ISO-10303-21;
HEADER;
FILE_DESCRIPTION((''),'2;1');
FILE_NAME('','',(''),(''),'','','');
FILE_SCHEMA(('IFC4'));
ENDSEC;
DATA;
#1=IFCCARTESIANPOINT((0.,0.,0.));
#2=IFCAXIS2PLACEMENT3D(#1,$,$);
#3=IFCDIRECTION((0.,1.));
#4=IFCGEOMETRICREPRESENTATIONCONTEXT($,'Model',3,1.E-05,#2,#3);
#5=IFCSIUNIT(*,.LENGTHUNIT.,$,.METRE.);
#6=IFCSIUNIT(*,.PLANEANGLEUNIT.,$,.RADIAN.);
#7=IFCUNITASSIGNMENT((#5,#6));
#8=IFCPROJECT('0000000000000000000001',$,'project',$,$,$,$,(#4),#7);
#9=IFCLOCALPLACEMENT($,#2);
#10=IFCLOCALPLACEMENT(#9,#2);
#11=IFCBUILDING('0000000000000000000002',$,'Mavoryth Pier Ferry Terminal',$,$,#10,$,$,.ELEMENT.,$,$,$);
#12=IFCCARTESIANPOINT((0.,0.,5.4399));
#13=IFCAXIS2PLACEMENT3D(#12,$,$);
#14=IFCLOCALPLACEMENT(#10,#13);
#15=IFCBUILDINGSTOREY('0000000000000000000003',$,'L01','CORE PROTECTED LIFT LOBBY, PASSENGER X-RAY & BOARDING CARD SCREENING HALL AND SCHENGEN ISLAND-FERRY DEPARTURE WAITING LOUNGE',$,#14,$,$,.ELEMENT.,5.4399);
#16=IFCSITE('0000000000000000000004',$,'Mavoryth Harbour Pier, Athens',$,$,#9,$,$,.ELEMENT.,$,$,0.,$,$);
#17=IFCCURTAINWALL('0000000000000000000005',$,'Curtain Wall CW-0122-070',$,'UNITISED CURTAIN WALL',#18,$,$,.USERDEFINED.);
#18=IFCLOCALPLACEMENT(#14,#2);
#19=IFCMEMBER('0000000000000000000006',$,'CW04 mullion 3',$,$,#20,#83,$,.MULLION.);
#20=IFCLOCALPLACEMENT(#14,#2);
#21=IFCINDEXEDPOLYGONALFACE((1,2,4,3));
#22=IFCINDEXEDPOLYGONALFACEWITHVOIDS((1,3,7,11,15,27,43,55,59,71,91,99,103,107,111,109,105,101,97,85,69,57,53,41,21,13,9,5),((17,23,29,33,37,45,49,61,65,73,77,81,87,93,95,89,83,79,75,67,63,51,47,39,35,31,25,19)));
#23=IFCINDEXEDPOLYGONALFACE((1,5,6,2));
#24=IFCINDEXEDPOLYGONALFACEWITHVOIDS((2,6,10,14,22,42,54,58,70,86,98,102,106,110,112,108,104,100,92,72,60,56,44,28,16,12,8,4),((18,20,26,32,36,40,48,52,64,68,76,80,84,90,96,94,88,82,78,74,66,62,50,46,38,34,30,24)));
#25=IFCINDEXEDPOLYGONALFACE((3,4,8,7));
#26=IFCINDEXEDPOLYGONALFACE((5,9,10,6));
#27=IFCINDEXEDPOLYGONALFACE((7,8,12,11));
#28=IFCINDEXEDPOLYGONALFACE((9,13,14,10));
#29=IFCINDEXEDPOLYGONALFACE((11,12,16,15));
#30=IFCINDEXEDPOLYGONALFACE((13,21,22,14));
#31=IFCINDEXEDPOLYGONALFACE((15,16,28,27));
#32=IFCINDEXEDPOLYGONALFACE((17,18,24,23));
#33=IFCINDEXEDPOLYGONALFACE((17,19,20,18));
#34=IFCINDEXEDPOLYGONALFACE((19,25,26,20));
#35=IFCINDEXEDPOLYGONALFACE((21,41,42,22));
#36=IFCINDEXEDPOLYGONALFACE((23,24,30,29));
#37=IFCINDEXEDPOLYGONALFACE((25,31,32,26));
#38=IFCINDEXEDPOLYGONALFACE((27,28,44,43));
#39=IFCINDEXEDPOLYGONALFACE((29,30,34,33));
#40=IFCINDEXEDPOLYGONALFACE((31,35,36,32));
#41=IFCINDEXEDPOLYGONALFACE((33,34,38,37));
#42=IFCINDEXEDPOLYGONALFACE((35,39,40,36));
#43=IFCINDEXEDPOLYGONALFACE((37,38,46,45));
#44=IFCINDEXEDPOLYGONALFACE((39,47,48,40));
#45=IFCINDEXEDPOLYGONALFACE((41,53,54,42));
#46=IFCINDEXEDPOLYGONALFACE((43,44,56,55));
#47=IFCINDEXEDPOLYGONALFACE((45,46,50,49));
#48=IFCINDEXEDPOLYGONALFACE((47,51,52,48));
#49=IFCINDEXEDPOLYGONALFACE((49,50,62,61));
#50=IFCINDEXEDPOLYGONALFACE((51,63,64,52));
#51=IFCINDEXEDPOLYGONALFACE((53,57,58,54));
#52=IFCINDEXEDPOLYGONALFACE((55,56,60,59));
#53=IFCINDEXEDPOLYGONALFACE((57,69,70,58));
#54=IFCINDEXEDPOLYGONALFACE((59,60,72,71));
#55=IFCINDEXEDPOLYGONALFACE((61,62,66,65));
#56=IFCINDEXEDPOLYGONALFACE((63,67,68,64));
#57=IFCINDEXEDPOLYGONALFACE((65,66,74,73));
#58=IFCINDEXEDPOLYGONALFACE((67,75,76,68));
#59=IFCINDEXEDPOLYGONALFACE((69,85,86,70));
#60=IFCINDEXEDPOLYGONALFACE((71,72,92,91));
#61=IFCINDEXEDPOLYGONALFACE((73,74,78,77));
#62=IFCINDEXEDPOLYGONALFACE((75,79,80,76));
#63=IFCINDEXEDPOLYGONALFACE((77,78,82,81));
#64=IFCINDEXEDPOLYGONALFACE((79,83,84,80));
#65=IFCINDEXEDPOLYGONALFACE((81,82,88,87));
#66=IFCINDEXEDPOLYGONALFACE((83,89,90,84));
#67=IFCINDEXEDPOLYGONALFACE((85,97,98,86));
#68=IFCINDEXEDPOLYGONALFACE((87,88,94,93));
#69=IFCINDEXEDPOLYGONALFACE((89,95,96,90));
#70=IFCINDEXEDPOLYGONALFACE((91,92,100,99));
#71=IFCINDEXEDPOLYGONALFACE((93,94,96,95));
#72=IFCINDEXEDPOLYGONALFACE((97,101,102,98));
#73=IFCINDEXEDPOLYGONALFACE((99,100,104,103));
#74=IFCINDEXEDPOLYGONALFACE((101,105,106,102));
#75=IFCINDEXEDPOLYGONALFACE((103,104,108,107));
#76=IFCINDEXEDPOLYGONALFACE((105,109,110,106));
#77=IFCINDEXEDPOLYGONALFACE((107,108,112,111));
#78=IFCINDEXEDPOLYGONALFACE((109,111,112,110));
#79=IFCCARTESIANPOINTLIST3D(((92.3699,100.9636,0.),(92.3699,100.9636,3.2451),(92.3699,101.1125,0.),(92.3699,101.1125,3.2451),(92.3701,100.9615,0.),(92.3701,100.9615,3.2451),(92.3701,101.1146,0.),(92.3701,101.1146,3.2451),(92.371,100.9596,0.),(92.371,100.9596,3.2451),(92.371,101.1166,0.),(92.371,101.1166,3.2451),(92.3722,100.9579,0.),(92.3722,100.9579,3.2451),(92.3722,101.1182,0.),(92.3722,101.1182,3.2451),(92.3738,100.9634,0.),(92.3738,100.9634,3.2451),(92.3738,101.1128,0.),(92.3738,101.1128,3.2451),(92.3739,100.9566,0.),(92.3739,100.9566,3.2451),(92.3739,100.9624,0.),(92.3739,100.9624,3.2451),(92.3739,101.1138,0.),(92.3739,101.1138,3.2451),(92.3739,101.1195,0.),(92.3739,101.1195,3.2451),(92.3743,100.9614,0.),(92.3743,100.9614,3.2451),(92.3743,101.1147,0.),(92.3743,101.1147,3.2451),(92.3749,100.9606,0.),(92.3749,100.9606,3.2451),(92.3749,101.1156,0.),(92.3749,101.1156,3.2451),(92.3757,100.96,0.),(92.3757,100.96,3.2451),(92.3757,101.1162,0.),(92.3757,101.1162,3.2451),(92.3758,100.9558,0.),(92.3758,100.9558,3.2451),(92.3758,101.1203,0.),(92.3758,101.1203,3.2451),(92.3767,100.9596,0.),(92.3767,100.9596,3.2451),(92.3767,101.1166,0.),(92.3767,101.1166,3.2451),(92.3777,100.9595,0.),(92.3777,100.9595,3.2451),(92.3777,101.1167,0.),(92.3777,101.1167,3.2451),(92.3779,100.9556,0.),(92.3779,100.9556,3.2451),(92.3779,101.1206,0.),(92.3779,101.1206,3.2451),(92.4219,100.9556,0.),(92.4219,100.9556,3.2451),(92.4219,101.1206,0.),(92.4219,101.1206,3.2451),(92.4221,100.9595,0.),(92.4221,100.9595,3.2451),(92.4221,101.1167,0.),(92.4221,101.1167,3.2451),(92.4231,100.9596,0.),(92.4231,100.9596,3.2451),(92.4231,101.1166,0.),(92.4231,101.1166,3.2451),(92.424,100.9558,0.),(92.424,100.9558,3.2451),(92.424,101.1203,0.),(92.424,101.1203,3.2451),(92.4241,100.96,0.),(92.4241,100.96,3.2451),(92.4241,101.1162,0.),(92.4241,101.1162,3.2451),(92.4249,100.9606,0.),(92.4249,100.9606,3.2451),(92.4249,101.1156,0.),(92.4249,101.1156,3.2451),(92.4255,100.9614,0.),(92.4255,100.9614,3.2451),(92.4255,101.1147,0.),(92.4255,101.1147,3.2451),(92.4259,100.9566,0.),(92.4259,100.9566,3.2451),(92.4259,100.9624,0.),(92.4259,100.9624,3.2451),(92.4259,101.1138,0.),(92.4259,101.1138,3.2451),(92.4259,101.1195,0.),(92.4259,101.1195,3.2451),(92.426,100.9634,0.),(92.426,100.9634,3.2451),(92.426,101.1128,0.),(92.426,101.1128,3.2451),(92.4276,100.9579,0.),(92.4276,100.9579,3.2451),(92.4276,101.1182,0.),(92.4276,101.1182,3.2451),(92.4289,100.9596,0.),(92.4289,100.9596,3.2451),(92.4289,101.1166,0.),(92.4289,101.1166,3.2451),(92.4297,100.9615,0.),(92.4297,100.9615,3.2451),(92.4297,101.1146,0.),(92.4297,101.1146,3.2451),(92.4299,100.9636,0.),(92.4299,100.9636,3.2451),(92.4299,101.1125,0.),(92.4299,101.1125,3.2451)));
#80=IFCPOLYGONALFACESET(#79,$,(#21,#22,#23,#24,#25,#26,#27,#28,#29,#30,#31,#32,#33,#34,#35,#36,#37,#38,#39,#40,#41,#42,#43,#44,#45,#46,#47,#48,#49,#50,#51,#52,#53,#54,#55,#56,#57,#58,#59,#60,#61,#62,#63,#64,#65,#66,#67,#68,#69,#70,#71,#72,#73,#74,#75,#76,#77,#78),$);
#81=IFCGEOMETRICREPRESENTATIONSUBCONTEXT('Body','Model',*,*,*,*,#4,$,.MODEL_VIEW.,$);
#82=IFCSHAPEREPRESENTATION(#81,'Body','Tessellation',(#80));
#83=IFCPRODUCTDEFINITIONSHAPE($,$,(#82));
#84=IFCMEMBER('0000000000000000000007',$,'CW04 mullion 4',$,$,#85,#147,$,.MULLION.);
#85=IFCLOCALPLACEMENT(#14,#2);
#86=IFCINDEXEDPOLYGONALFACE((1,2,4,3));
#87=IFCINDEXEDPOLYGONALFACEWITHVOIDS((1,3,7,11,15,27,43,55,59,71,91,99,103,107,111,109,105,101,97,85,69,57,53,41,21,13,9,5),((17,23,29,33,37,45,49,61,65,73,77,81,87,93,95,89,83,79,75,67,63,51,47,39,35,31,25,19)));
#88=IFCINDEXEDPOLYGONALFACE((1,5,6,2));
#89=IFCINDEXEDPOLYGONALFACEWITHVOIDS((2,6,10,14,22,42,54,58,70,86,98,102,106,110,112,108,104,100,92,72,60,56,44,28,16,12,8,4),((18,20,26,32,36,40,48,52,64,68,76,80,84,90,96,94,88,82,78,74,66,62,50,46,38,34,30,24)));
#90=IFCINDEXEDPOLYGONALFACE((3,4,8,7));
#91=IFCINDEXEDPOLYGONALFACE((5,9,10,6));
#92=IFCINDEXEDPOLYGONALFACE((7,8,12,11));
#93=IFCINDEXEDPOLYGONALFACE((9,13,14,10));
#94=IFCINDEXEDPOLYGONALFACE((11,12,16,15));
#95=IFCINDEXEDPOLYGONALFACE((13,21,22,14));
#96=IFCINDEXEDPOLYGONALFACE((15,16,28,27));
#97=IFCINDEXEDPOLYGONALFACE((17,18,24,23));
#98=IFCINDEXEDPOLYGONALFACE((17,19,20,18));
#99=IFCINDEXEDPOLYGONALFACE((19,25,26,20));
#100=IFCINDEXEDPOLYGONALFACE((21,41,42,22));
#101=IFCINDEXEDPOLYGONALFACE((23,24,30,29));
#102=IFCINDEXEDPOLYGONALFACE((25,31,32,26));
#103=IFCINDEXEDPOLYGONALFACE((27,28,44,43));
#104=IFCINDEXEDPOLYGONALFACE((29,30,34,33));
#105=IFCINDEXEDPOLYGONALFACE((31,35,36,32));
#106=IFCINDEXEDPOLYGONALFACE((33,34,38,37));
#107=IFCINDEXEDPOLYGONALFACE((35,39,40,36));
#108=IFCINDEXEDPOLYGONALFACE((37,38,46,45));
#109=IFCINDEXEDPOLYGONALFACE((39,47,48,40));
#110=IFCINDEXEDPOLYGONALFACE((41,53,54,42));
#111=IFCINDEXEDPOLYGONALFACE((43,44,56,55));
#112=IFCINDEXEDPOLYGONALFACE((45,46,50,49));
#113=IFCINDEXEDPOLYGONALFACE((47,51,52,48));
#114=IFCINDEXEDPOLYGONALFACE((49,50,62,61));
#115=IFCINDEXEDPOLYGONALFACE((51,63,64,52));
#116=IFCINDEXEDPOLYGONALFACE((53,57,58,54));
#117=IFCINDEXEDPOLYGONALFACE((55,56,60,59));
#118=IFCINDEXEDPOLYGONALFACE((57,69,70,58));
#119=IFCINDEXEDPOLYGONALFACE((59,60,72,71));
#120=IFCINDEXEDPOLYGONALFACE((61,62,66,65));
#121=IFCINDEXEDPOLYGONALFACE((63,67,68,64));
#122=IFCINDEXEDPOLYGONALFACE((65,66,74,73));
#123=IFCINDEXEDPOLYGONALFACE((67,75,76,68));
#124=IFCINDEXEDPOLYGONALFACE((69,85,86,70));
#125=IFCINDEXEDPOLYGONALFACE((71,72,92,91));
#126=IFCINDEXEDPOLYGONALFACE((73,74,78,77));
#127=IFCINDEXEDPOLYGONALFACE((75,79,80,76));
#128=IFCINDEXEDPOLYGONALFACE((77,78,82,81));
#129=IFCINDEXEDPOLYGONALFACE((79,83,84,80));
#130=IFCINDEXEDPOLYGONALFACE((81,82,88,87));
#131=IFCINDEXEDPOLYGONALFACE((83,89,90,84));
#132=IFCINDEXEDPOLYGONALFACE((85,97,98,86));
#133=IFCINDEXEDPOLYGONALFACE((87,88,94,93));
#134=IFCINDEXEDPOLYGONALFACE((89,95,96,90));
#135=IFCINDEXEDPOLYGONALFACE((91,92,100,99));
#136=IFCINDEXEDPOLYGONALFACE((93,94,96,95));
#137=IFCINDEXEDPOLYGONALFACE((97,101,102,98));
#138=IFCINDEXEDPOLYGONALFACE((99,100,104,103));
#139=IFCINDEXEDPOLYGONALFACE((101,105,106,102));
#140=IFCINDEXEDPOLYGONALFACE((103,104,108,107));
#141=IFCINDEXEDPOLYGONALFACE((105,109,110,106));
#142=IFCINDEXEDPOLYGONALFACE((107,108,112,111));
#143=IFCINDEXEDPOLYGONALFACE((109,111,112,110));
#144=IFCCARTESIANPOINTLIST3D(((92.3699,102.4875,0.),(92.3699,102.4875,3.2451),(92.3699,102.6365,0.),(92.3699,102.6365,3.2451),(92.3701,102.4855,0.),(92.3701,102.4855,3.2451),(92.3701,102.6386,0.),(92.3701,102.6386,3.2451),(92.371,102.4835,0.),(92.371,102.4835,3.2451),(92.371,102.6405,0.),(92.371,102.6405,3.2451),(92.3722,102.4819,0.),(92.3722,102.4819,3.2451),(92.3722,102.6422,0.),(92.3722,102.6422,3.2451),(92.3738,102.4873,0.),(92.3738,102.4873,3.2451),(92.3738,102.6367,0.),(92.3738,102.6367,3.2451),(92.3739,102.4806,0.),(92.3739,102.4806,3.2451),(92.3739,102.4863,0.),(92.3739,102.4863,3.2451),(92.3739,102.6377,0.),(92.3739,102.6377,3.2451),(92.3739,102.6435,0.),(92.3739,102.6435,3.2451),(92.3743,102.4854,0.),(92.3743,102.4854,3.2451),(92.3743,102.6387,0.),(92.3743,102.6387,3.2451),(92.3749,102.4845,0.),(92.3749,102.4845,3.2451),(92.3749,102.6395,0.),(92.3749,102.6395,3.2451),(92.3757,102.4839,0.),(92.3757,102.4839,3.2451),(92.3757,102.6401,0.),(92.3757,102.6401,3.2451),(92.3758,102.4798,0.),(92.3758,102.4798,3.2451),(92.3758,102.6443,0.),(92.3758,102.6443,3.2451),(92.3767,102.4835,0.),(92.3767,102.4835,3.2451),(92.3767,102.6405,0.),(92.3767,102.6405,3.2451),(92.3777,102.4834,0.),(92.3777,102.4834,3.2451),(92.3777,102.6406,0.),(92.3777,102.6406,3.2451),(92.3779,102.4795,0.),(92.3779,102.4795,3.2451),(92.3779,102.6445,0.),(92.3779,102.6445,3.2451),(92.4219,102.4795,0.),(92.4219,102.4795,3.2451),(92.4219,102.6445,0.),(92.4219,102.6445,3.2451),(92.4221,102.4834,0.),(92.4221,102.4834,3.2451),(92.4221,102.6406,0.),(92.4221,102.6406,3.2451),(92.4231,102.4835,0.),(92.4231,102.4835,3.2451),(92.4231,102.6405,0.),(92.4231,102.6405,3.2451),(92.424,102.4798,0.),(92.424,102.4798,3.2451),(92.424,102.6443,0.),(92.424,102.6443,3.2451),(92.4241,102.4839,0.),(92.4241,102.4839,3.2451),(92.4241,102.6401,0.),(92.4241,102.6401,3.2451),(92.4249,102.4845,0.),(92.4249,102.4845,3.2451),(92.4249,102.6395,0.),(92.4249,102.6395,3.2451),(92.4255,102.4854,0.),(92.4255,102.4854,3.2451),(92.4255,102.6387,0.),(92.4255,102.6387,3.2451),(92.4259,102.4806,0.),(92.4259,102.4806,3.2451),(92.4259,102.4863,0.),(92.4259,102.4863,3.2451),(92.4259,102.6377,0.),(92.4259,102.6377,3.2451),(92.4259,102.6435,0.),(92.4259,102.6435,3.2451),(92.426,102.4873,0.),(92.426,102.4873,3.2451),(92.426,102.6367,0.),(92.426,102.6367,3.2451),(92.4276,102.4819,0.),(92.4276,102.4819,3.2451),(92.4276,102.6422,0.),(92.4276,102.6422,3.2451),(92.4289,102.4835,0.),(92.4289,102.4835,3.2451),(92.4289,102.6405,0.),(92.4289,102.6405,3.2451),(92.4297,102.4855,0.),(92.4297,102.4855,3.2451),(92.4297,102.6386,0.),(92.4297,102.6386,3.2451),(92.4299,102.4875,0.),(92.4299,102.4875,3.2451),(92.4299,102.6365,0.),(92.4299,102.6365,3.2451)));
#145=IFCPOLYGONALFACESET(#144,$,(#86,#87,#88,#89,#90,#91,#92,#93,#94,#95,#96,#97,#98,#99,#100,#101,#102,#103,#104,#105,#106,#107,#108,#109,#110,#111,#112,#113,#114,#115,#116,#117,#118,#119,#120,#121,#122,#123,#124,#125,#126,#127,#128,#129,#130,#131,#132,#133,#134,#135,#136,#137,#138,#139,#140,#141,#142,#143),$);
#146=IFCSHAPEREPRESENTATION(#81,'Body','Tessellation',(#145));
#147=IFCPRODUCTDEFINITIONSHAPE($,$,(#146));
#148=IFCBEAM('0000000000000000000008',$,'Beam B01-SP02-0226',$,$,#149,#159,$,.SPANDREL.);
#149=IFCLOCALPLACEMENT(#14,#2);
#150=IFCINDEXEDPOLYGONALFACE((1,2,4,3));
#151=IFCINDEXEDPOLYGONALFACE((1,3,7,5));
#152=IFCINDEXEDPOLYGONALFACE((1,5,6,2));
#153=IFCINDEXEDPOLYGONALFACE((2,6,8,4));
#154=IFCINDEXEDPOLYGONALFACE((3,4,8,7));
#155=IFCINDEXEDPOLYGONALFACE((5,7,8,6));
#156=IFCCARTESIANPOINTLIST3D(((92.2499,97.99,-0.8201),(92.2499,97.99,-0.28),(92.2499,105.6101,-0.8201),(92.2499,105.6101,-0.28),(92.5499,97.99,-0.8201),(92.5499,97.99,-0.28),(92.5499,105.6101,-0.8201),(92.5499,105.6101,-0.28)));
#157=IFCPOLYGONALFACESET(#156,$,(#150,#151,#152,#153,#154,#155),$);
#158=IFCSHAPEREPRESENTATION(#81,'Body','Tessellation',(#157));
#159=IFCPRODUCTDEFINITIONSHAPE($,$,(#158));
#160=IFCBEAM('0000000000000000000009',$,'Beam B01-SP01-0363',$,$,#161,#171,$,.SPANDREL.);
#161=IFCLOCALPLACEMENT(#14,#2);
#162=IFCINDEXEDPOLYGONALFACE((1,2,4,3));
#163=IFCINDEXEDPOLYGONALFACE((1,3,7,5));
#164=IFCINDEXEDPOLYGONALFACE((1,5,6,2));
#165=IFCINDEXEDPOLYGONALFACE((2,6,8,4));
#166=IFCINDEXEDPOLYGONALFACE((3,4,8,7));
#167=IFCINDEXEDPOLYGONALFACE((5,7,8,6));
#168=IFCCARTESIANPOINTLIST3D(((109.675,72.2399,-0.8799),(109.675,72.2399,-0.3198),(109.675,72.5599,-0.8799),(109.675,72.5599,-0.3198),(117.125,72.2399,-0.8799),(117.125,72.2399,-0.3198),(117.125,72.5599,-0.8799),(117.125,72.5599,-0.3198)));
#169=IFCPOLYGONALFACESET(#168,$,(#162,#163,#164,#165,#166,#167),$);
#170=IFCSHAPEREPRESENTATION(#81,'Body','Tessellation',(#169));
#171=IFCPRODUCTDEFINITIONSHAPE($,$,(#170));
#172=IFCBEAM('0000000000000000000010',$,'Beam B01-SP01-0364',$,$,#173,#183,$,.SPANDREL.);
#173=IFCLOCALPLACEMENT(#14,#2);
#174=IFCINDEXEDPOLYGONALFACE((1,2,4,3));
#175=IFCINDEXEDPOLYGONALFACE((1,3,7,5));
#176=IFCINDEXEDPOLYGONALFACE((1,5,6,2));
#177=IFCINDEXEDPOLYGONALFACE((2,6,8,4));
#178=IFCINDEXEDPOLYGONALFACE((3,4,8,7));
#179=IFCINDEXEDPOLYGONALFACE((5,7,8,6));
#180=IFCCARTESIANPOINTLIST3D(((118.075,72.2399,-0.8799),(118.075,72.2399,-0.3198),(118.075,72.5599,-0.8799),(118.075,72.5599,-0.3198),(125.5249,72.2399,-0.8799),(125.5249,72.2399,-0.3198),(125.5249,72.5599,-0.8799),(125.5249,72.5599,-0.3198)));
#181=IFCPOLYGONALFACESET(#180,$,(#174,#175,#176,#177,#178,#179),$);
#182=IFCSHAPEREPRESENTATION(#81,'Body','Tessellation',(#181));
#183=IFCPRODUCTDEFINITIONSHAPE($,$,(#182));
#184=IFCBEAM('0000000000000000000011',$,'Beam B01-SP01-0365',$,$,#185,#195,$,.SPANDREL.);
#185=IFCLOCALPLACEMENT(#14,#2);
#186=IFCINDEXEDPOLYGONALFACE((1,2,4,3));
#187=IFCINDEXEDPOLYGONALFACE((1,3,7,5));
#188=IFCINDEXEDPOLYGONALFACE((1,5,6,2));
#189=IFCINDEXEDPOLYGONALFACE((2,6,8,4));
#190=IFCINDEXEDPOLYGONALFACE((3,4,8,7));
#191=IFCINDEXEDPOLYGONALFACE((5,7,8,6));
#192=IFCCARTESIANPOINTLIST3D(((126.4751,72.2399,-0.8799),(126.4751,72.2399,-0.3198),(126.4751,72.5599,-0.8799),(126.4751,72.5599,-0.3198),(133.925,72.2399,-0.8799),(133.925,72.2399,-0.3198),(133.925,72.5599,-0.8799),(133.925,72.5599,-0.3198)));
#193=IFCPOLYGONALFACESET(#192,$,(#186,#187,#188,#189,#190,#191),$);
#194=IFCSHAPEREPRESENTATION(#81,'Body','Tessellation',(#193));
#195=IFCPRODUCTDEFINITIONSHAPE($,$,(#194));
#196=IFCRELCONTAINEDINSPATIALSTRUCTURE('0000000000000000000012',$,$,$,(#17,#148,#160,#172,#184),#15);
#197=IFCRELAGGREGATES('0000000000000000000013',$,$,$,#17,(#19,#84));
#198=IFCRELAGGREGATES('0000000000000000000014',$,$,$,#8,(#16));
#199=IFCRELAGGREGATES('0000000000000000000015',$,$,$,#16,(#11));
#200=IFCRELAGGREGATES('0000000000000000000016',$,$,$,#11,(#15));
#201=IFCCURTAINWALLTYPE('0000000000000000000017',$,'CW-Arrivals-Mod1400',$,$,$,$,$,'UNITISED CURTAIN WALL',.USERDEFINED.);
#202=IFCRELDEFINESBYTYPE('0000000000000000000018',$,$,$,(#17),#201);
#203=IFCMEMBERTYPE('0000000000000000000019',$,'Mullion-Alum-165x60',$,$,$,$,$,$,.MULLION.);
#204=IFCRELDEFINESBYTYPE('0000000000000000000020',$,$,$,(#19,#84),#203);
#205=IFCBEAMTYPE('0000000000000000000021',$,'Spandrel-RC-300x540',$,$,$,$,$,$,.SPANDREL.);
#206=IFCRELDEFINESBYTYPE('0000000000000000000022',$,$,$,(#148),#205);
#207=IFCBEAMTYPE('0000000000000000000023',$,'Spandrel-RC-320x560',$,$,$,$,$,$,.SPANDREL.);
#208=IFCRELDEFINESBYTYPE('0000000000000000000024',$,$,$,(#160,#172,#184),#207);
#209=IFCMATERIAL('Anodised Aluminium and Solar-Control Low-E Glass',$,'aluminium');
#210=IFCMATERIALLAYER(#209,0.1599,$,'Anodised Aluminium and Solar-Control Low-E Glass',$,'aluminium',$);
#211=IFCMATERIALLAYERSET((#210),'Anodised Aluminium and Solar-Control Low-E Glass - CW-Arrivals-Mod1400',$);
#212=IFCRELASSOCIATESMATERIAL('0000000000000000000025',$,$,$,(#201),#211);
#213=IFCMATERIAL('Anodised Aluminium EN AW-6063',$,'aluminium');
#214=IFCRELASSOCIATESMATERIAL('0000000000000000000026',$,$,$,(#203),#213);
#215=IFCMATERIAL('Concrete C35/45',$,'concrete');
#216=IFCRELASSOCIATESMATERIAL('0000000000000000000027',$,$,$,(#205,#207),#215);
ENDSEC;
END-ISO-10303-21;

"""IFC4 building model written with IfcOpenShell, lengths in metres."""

from ifc_helpers import new_model, si_unit, direction, frame, origin, origin_2d, place, context, subcontext, project, spatial, rectangle, hollow_rectangle, extrude, material, layer, layer_set, material_profile, profile_set, type_object, element, aggregate, save


model = new_model("IFC4")

# Units and contexts
model_context = context("Model", 3, precision=1e-05, world=origin(), true_north=direction((0.0, 1.0)))
body_context = subcontext(model_context, "Body", "Model", "MODEL_VIEW")
ifc_project = project(units=[si_unit("LENGTHUNIT", "METRE"), si_unit("PLANEANGLEUNIT", "RADIAN")], contexts=[model_context])

# Site, building, storey
site_placement = place(None, origin())
site = spatial("IfcSite", under=ifc_project, at=site_placement, Name="Mavoryth Harbour Pier, Athens", CompositionType="ELEMENT", RefElevation=0.0)
building_placement = place(site_placement, origin())
building = spatial("IfcBuilding", under=site, at=building_placement, Name="Mavoryth Pier Ferry Terminal", CompositionType="ELEMENT")
storey_placement = place(building_placement, frame((0.0, 0.0, 5.4399)))
storey = spatial("IfcBuildingStorey", under=building, at=storey_placement, Name="L01", Description="CORE PROTECTED LIFT LOBBY, PASSENGER X-RAY & BOARDING CARD SCREENING HALL AND SCHENGEN ISLAND-FERRY DEPARTURE WAITING LOUNGE", CompositionType="ELEMENT", Elevation=5.4399)

# Shared definitions
ifc_material_1 = material(Name="Anodised Aluminium and Solar-Control Low-E Glass", Category="aluminium")
ifc_layer_1 = layer(ifc_material_1, 0.1599, Name="Anodised Aluminium and Solar-Control Low-E Glass", Category="aluminium")
ifc_layer_set_1 = layer_set([ifc_layer_1], Name="Anodised Aluminium and Solar-Control Low-E Glass - CW-Arrivals-Mod1400")
curtain_wall_type = type_object("IfcCurtainWallType", Name="CW-Arrivals-Mod1400", ElementType="UNITISED CURTAIN WALL", PredefinedType="USERDEFINED", material=ifc_layer_set_1)
ifc_material_2 = material(Name="Anodised Aluminium EN AW-6063", Category="aluminium")
ifc_material_profile_1 = material_profile(ifc_material_2, hollow_rectangle(XDim=0.0601, YDim=0.165, WallThickness=0.0039, InnerFilletRadius=0.0039, OuterFilletRadius=0.0081, at=origin_2d()), Name="AL-MULL 165x60x4", Category="aluminium")
ifc_profile_set_1 = profile_set([ifc_material_profile_1], Name="Anodised Aluminium EN AW-6063 - AL-MULL 165x60x4")
member_type_1 = type_object("IfcMemberType", Name="Mullion-Alum-165x60", PredefinedType="MULLION", material=ifc_profile_set_1)

# Curtain wall, members
curtain_wall_1_placement = place(storey_placement, origin())
curtain_wall_1 = element("IfcCurtainWall", 1, at=curtain_wall_1_placement, inside=storey, type_object=curtain_wall_type, Name="Curtain Wall CW-0122-070", ObjectType="UNITISED CURTAIN WALL", PredefinedType="USERDEFINED")
member_1_placement = place(storey_placement, frame((92.3999, 101.0381, 0.0), z_axis=(0.0, 0.0, 1.0), x_axis=(-1.0, 0.0, 0.0)))
member_1 = element("IfcMember", 2, at=member_1_placement, type_object=member_type_1, Name="CW04 mullion 3", PredefinedType="MULLION", context=body_context, shape_type="SweptSolid", body=[
    extrude(hollow_rectangle(XDim=0.0601, YDim=0.165, WallThickness=0.0039, InnerFilletRadius=0.0039, OuterFilletRadius=0.0081, at=origin_2d()), origin(), (0.0, 0.0, 1.0), 3.2451),
])
member_2_placement = place(storey_placement, frame((92.3999, 102.562, 0.0), z_axis=(0.0, 0.0, 1.0), x_axis=(-1.0, 0.0, 0.0)))
member_2 = element("IfcMember", 3, at=member_2_placement, type_object=member_type_1, Name="CW04 mullion 4", PredefinedType="MULLION", context=body_context, shape_type="SweptSolid", body=[
    extrude(hollow_rectangle(XDim=0.0601, YDim=0.165, WallThickness=0.0039, InnerFilletRadius=0.0039, OuterFilletRadius=0.0081, at=origin_2d()), origin(), (0.0, 0.0, 1.0), 3.2451),
])

# Beams
ifc_material_3 = material(Name="Concrete C35/45", Category="concrete")
ifc_material_profile_2 = material_profile(ifc_material_3, rectangle(XDim=0.3, YDim=0.54, at=origin_2d()), Name="RC 300x540", Category="concrete")
ifc_profile_set_2 = profile_set([ifc_material_profile_2], Name="Concrete C35/45 - RC 300x540")
beam_type_1 = type_object("IfcBeamType", Name="Spandrel-RC-300x540", PredefinedType="SPANDREL", material=ifc_profile_set_2)
beam_placement = place(storey_placement, frame((92.3999, 97.99, -0.55), z_axis=(0.0, 1.0, 0.0), x_axis=(-1.0, 0.0, 0.0)))
element("IfcBeam", 4, at=beam_placement, inside=storey, type_object=beam_type_1, Name="Beam B01-SP02-0226", PredefinedType="SPANDREL", context=body_context, shape_type="SweptSolid", body=[
    extrude(rectangle(XDim=0.3, YDim=0.54, at=origin_2d()), origin(), (0.0, 0.0, 1.0), 7.6201),
])
ifc_material_profile_3 = material_profile(ifc_material_3, rectangle(XDim=0.3201, YDim=0.5601, at=origin_2d()), Name="RC 320x560", Category="concrete")
ifc_profile_set_3 = profile_set([ifc_material_profile_3], Name="Concrete C35/45 - RC 320x560")
beam_type_2 = type_object("IfcBeamType", Name="Spandrel-RC-320x560", PredefinedType="SPANDREL", material=ifc_profile_set_3)
for number, where, z_axis, x_axis, name in (
    (5, (109.675, 72.3999, -0.5999), (1.0, 0.0, 0.0), (0.0, 1.0, 0.0), "Beam B01-SP01-0363"),
    (6, (118.075, 72.3999, -0.5999), (1.0, 0.0, 0.0), (0.0, 1.0, 0.0), "Beam B01-SP01-0364"),
    (7, (126.4751, 72.3999, -0.5999), (1.0, 0.0, 0.0), (0.0, 1.0, 0.0), "Beam B01-SP01-0365"),
):
    element("IfcBeam", number, at=place(storey_placement, frame(where, z_axis=z_axis, x_axis=x_axis)), inside=storey, type_object=beam_type_2, Name=name, PredefinedType="SPANDREL", context=body_context, shape_type="SweptSolid", body=[
        extrude(rectangle(XDim=0.3201, YDim=0.5601, at=origin_2d()), origin(), (0.0, 0.0, 1.0), 7.45),
    ])

aggregate(curtain_wall_1, [member_1, member_2])

save(model, "model.ifc")
